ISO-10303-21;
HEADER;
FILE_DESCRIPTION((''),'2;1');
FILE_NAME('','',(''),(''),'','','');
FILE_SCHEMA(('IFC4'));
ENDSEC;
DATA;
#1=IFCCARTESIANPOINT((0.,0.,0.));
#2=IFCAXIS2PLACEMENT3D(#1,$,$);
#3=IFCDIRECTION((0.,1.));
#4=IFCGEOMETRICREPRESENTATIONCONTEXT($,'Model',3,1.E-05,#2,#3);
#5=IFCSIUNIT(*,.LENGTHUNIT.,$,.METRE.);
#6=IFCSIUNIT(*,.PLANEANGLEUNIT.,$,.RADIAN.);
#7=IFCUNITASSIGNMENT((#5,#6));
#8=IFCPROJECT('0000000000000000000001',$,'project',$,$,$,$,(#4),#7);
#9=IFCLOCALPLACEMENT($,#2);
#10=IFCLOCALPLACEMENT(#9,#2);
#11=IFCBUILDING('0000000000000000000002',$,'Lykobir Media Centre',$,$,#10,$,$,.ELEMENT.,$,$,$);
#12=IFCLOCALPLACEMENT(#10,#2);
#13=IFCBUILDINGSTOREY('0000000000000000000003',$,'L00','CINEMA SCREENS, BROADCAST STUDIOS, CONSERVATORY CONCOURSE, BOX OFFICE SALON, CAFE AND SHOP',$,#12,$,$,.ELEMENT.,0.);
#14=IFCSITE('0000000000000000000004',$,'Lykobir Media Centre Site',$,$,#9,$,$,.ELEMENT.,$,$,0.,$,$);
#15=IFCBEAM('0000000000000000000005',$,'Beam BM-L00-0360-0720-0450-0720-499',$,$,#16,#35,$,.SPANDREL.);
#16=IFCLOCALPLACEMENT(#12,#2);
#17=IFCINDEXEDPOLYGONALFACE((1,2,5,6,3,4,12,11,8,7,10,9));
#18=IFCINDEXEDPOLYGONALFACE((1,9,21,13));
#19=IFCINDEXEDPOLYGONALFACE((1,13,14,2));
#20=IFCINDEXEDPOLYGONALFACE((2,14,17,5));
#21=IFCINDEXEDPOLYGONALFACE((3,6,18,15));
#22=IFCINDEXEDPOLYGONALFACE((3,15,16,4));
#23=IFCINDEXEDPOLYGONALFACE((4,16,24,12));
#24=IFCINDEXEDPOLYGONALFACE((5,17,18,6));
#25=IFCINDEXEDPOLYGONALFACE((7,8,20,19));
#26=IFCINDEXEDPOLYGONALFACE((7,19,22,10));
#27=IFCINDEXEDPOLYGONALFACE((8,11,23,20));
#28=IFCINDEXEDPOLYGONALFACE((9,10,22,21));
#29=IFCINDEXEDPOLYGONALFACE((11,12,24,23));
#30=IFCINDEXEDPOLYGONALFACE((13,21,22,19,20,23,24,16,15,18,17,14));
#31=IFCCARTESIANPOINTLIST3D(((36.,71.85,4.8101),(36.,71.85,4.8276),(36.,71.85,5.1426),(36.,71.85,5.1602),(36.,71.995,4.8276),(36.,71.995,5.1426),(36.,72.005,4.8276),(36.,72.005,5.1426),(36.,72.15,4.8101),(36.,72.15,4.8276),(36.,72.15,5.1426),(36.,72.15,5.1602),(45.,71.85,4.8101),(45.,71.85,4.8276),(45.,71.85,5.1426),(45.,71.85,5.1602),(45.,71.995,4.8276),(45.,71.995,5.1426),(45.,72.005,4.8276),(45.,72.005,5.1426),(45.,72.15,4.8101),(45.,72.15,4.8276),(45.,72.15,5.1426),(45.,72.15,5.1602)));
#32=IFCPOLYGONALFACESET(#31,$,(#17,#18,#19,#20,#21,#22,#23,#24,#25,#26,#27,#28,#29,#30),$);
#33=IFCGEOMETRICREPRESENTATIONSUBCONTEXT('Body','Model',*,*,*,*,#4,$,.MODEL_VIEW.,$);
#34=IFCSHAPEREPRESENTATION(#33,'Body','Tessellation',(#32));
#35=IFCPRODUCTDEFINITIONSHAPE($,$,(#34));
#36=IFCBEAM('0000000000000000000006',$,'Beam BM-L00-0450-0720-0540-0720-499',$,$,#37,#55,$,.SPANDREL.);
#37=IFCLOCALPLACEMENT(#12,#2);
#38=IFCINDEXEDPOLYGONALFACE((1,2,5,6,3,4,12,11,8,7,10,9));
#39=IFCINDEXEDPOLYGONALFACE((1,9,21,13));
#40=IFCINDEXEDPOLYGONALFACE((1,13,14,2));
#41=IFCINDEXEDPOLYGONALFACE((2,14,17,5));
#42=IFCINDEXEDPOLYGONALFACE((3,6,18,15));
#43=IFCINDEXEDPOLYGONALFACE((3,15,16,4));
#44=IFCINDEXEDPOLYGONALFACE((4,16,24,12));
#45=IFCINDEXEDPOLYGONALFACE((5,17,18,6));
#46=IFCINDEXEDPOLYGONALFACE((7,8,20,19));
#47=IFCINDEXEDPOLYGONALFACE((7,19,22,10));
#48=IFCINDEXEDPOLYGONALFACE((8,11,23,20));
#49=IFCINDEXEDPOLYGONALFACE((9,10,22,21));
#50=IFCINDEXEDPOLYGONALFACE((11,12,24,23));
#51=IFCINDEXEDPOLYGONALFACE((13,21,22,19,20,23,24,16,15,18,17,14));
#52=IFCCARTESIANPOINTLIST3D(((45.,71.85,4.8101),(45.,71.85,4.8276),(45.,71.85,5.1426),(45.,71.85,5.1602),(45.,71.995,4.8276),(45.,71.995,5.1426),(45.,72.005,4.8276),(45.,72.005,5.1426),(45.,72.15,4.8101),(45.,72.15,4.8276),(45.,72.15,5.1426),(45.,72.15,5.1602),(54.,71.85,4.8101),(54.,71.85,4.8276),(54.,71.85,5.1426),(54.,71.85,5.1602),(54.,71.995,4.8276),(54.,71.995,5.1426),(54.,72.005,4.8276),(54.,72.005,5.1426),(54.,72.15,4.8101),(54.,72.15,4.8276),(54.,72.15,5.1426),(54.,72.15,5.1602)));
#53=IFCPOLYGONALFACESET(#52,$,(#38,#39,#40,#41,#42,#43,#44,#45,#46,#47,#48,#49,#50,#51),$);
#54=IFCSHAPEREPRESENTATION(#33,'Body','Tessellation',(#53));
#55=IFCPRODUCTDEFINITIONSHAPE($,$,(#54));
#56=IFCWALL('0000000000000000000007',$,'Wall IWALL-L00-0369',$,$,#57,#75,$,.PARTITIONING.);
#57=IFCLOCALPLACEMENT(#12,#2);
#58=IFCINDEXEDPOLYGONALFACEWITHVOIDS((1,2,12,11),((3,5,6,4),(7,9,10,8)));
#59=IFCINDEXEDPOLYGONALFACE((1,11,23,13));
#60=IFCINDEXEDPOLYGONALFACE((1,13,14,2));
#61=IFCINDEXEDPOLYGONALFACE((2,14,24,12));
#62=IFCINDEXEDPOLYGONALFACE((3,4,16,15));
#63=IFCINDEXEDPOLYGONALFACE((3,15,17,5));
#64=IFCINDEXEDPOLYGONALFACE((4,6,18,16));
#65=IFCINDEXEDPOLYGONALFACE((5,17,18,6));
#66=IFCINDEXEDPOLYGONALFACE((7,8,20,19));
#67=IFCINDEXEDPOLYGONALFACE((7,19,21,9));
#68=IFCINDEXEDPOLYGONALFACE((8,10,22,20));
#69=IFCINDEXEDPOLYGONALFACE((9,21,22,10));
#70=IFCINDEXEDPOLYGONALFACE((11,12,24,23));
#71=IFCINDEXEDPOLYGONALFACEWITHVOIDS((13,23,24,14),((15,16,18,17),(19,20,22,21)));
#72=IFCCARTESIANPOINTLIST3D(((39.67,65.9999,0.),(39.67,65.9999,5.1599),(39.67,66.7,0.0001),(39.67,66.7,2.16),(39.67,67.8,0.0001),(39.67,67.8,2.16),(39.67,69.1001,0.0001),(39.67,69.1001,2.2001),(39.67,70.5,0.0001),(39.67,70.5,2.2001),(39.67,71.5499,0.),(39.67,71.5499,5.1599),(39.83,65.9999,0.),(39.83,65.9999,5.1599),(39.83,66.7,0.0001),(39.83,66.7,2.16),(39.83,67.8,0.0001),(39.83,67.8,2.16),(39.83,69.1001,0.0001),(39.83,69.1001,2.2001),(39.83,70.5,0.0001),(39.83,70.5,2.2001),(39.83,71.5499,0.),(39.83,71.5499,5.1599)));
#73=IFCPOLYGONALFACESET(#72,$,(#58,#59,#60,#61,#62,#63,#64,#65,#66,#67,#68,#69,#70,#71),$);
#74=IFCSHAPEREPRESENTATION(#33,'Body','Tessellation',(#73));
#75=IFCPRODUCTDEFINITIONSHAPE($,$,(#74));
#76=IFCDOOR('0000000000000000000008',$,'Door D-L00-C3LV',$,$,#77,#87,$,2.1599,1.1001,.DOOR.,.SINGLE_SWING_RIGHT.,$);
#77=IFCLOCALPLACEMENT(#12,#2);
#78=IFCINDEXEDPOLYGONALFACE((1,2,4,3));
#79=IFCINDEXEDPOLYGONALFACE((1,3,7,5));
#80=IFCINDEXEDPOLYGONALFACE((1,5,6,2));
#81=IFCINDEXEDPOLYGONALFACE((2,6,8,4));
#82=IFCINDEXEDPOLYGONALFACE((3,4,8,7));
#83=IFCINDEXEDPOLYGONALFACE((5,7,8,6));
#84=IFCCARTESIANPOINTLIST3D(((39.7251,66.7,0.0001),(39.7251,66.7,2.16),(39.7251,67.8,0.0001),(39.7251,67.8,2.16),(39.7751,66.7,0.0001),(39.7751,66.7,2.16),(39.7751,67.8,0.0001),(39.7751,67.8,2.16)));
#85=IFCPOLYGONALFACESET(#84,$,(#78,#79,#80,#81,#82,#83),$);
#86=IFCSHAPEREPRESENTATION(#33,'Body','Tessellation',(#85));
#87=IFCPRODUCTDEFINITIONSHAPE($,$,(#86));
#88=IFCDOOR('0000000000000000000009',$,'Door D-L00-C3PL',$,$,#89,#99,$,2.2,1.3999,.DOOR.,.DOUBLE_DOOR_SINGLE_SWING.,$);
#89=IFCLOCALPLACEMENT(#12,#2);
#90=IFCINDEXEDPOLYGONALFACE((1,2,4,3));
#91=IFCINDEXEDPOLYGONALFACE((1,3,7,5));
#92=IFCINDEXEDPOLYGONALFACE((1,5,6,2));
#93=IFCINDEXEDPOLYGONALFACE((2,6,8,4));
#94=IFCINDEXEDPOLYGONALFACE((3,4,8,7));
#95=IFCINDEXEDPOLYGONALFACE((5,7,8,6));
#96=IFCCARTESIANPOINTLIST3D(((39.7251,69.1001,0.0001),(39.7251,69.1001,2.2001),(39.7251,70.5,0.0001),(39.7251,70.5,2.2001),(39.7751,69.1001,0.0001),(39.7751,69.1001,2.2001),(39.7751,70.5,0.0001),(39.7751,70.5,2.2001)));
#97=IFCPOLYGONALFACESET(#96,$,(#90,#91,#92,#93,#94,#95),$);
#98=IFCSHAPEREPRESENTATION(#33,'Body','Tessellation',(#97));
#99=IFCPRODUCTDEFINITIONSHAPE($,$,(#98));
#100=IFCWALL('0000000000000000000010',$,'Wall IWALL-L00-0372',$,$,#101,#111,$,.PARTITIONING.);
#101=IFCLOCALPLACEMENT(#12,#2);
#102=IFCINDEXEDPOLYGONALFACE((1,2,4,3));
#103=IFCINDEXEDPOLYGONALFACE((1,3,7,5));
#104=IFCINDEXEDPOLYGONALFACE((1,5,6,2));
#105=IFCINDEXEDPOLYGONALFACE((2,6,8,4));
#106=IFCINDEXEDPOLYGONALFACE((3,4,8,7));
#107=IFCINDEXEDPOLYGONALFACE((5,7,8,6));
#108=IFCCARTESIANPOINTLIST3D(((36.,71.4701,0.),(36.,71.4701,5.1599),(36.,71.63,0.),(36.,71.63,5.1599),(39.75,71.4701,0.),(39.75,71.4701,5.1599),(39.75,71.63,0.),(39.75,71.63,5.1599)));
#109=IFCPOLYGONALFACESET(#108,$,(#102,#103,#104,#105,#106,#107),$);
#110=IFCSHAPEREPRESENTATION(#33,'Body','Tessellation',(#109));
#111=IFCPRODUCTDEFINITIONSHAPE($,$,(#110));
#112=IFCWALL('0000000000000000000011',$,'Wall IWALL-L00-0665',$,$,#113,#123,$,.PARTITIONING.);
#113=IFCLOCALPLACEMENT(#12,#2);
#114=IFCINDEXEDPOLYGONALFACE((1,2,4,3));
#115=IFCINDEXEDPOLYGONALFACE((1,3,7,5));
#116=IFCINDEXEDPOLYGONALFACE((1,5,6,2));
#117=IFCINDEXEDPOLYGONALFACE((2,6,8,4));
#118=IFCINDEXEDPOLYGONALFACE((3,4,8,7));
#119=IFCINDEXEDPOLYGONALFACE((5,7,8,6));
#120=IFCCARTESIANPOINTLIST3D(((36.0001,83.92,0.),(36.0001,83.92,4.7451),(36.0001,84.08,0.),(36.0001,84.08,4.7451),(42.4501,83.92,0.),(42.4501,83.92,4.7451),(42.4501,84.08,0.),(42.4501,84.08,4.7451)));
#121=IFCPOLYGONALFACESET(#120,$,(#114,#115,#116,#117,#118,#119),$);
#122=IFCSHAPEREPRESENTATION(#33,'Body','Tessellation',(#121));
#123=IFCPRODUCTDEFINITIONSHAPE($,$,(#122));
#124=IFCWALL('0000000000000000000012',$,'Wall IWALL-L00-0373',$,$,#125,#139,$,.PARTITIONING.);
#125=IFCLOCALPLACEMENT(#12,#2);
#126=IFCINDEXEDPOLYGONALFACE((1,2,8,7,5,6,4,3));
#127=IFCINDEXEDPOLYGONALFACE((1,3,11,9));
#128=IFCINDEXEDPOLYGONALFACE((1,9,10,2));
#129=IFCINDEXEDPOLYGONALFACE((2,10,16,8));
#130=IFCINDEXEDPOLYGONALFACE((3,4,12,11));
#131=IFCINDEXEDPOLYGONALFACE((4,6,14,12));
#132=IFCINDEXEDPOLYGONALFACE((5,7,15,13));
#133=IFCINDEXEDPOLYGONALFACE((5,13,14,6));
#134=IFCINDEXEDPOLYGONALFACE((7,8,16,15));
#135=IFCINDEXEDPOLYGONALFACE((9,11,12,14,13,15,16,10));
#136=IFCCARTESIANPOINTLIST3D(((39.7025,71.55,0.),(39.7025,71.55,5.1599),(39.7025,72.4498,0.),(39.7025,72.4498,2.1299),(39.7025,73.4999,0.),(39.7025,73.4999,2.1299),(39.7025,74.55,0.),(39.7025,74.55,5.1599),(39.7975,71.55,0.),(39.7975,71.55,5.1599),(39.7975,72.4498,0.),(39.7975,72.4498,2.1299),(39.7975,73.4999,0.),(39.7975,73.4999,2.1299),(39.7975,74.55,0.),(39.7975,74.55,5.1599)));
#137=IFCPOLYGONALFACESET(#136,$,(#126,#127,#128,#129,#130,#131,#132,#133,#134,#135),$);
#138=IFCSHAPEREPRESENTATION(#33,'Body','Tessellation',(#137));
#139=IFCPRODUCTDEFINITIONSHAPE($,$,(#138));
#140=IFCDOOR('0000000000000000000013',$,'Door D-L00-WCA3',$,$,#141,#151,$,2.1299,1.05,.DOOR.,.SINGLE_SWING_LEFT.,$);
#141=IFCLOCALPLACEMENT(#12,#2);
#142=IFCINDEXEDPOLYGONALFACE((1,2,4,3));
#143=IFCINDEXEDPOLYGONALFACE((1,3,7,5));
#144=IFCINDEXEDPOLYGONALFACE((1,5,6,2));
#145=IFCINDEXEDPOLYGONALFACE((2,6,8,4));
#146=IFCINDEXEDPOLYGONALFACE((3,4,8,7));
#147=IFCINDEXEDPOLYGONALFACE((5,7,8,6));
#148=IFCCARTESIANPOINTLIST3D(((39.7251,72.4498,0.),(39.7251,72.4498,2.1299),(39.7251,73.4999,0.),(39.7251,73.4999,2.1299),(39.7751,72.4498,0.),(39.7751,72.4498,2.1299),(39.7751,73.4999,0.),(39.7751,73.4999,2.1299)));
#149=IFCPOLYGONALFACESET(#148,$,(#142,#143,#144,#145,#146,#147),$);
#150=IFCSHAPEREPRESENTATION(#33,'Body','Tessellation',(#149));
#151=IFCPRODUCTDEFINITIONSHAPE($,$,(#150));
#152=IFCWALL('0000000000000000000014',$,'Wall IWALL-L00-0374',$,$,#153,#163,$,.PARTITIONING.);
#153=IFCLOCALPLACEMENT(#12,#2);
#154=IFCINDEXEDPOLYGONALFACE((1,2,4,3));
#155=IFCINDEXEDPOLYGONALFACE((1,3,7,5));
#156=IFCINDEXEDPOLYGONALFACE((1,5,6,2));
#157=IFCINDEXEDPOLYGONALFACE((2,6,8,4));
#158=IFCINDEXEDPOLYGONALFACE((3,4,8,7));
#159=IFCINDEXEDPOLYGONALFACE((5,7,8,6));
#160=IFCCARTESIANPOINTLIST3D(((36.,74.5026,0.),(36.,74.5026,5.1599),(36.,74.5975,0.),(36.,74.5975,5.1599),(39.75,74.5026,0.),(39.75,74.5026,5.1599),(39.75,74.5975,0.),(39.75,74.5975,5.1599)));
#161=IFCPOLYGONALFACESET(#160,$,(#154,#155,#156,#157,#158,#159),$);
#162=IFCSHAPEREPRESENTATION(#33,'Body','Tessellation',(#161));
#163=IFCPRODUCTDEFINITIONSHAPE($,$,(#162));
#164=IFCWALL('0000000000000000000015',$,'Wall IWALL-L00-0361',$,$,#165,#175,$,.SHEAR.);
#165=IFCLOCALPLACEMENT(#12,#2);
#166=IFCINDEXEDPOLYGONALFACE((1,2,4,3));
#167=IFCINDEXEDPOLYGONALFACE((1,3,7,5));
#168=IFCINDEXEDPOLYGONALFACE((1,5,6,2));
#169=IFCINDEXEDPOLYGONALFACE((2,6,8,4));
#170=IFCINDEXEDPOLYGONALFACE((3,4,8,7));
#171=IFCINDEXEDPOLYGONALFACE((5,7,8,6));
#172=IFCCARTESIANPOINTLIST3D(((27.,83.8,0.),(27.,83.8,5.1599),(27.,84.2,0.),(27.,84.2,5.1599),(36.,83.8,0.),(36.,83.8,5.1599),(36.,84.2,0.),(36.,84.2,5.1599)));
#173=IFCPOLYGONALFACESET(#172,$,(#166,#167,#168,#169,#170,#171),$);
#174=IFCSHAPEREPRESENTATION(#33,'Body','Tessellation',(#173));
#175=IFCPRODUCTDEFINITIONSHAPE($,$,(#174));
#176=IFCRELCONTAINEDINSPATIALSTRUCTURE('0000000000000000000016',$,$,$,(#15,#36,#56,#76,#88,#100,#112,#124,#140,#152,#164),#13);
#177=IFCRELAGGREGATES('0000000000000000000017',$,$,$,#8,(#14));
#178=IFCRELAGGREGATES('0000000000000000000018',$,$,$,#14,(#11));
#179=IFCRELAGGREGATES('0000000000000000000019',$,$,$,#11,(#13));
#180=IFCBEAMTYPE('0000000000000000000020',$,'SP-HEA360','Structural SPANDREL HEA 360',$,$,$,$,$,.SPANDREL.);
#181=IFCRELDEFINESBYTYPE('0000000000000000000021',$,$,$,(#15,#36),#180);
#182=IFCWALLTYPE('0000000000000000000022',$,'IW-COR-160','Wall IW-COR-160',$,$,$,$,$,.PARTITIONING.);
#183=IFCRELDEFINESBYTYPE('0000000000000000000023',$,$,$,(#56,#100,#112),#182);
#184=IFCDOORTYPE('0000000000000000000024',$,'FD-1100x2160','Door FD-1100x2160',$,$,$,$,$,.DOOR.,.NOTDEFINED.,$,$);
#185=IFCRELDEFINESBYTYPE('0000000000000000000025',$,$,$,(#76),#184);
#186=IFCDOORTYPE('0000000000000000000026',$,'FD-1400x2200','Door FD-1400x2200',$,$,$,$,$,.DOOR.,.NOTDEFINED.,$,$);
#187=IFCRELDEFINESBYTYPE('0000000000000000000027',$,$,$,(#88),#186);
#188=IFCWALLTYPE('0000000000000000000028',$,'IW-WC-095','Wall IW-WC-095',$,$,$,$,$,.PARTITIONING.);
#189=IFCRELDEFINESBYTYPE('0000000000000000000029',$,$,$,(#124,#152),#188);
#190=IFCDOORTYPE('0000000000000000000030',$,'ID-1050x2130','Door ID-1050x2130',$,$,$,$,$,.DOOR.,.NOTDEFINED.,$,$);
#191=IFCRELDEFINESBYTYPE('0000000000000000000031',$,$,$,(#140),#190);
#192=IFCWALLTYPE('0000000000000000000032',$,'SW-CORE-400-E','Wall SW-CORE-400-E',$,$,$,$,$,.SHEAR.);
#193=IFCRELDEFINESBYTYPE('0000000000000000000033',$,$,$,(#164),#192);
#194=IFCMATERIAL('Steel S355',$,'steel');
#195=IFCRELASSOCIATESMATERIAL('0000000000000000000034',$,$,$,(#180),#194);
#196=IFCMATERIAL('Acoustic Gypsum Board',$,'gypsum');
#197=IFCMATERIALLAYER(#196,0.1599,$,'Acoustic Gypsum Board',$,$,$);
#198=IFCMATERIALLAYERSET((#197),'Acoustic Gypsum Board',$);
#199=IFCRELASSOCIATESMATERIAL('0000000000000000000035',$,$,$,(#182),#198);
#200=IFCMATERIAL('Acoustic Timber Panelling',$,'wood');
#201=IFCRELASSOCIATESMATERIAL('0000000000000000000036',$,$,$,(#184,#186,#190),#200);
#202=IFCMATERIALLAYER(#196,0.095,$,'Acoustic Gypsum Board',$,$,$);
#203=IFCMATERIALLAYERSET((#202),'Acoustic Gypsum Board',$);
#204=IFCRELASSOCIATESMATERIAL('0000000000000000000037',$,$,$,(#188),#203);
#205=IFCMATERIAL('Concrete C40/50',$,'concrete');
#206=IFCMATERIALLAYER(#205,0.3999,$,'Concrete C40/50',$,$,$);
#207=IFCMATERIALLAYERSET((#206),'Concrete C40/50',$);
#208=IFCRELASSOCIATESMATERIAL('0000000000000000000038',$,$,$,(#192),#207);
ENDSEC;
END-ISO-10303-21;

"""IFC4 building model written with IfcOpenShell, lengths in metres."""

from ifc_helpers import new_model, si_unit, direction, frame, frame_2d, origin, origin_2d, place, context, subcontext, project, spatial, rectangle, i_section, extrude, material, layer, layer_set, material_profile, profile_set, type_object, element, fill, save


model = new_model("IFC4")

# Units and contexts
model_context = context("Model", 3, precision=1e-05, world=origin(), true_north=direction((0.0, 1.0)))
body_context = subcontext(model_context, "Body", "Model", "MODEL_VIEW")
ifc_project = project(units=[si_unit("LENGTHUNIT", "METRE"), si_unit("PLANEANGLEUNIT", "RADIAN")], contexts=[model_context])

# Site, building, storey
site_placement = place(None, origin())
site = spatial("IfcSite", under=ifc_project, at=site_placement, Name="Lykobir Media Centre Site", CompositionType="ELEMENT", RefElevation=0.0)
building_placement = place(site_placement, origin())
building = spatial("IfcBuilding", under=site, at=building_placement, Name="Lykobir Media Centre", CompositionType="ELEMENT")
storey_placement = place(building_placement, origin())
storey = spatial("IfcBuildingStorey", under=building, at=storey_placement, Name="L00", Description="CINEMA SCREENS, BROADCAST STUDIOS, CONSERVATORY CONCOURSE, BOX OFFICE SALON, CAFE AND SHOP", CompositionType="ELEMENT", Elevation=0.0)

# Shared definitions
ifc_material_1 = material(Name="Concrete C40/50", Category="concrete")
ifc_material_2 = material(Name="Steel S355", Category="steel")

# Beams
ifc_material_profile_1 = material_profile(ifc_material_2, i_section(OverallWidth=0.3, OverallDepth=0.3501, WebThickness=0.01, FlangeThickness=0.0176, at=origin_2d()), Name="HEA 360")
ifc_profile_set_1 = profile_set([ifc_material_profile_1], Name="Steel S355")
beam_type_1 = type_object("IfcBeamType", Name="SP-HEA360", Description="Structural SPANDREL HEA 360", PredefinedType="SPANDREL", material=ifc_profile_set_1)
for number, where, z_axis, x_axis, name in (
    (1, (36.0, 72.0, 4.9851), (1.0, 0.0, 0.0), (0.0, 1.0, 0.0), "Beam BM-L00-0360-0720-0450-0720-499"),
    (2, (45.0, 72.0, 4.9851), (1.0, 0.0, 0.0), (0.0, 1.0, 0.0), "Beam BM-L00-0450-0720-0540-0720-499"),
):
    element("IfcBeam", number, at=place(storey_placement, frame(where, z_axis=z_axis, x_axis=x_axis)), inside=storey, type_object=beam_type_1, Name=name, PredefinedType="SPANDREL", context=body_context, shape_type="SweptSolid", body=[
        extrude(i_section(OverallWidth=0.3, OverallDepth=0.3501, WebThickness=0.01, FlangeThickness=0.0176, at=origin_2d()), origin(), (0.0, 0.0, 1.0), 9.0),
    ])

# Wall, openings, doors
ifc_material_3 = material(Name="Acoustic Gypsum Board", Category="gypsum")
ifc_layer_1 = layer(ifc_material_3, 0.1599, Name="Acoustic Gypsum Board")
ifc_layer_set_1 = layer_set([ifc_layer_1], Name="Acoustic Gypsum Board")
wall_type_1 = type_object("IfcWallType", Name="IW-COR-160", Description="Wall IW-COR-160", PredefinedType="PARTITIONING", material=ifc_layer_set_1)
wall_1_placement = place(storey_placement, frame((39.75, 66.0, 0.0), z_axis=(0.0, 0.0, 1.0), x_axis=(0.0, 1.0, 0.0)))
wall_1 = element("IfcWall", 3, at=wall_1_placement, inside=storey, type_object=wall_type_1, Name="Wall IWALL-L00-0369", PredefinedType="PARTITIONING", context=body_context, shape_type="SweptSolid", body=[
    extrude(rectangle(XDim=5.55, YDim=0.1599, at=frame_2d((2.7749, 0.0))), origin(), (0.0, 0.0, 1.0), 5.1599),
])
opening_1_placement = place(wall_1_placement, frame((0.7, 0.0, 0.0)))
opening_1 = element("IfcOpeningElement", 4, at=opening_1_placement, cuts=wall_1, PredefinedType="OPENING", context=body_context, shape_type="SweptSolid", body=[
    extrude(rectangle(XDim=1.1001, YDim=2.1599, at=frame_2d((0.55, 1.0801))), frame((0.0, 0.0898, 0.0), z_axis=(0.0, -1.0, 0.0), x_axis=(1.0, 0.0, 0.0)), (0.0, 0.0, 1.0), 0.1799),
])
opening_2_placement = place(wall_1_placement, frame((3.1001, 0.0, 0.0)))
opening_2 = element("IfcOpeningElement", 5, at=opening_2_placement, cuts=wall_1, PredefinedType="OPENING", context=body_context, shape_type="SweptSolid", body=[
    extrude(rectangle(XDim=1.3999, YDim=2.2, at=frame_2d((0.7, 1.1001))), frame((0.0, 0.0898, 0.0), z_axis=(0.0, -1.0, 0.0), x_axis=(1.0, 0.0, 0.0)), (0.0, 0.0, 1.0), 0.1799),
])
ifc_material_4 = material(Name="Acoustic Timber Panelling", Category="wood")
door_type_1 = type_object("IfcDoorType", Name="FD-1100x2160", Description="Door FD-1100x2160", OperationType="NOTDEFINED", PredefinedType="DOOR", material=ifc_material_4)
door_1_placement = place(opening_1_placement, origin())
door_1 = element("IfcDoor", 6, at=door_1_placement, inside=storey, type_object=door_type_1, Name="Door D-L00-C3LV", OperationType="SINGLE_SWING_RIGHT", OverallHeight=2.1599, OverallWidth=1.1001, PredefinedType="DOOR", context=body_context, shape_type="SweptSolid", body=[
    extrude(rectangle(XDim=1.1001, YDim=2.1599, at=frame_2d((0.55, 1.0801))), frame((0.0, 0.0249, 0.0), z_axis=(0.0, -1.0, 0.0), x_axis=(1.0, 0.0, 0.0)), (0.0, 0.0, 1.0), 0.05),
])
fill(opening_1, door_1)
door_type_2 = type_object("IfcDoorType", Name="FD-1400x2200", Description="Door FD-1400x2200", OperationType="NOTDEFINED", PredefinedType="DOOR", material=ifc_material_4)
door_2_placement = place(opening_2_placement, origin())
door_2 = element("IfcDoor", 7, at=door_2_placement, inside=storey, type_object=door_type_2, Name="Door D-L00-C3PL", OperationType="DOUBLE_DOOR_SINGLE_SWING", OverallHeight=2.2, OverallWidth=1.3999, PredefinedType="DOOR", context=body_context, shape_type="SweptSolid", body=[
    extrude(rectangle(XDim=1.3999, YDim=2.2, at=frame_2d((0.7, 1.1001))), frame((0.0, 0.0249, 0.0), z_axis=(0.0, -1.0, 0.0), x_axis=(1.0, 0.0, 0.0)), (0.0, 0.0, 1.0), 0.05),
])
fill(opening_2, door_2)

# Walls
wall_2_placement = place(storey_placement, frame((36.0, 71.55, 0.0), z_axis=(0.0, 0.0, 1.0), x_axis=(1.0, 0.0, 0.0)))
element("IfcWall", 8, at=wall_2_placement, inside=storey, type_object=wall_type_1, Name="Wall IWALL-L00-0372", PredefinedType="PARTITIONING", context=body_context, shape_type="SweptSolid", body=[
    extrude(rectangle(XDim=3.75, YDim=0.1599, at=frame_2d((1.875, 0.0))), origin(), (0.0, 0.0, 1.0), 5.1599),
])
wall_3_placement = place(storey_placement, frame((36.0, 84.0, 0.0), z_axis=(0.0, 0.0, 1.0), x_axis=(1.0, 0.0, 0.0)))
element("IfcWall", 9, at=wall_3_placement, inside=storey, type_object=wall_type_1, Name="Wall IWALL-L00-0665", PredefinedType="PARTITIONING", context=body_context, shape_type="SweptSolid", body=[
    extrude(rectangle(XDim=6.45, YDim=0.1599, at=frame_2d((3.2251, 0.0))), origin(), (0.0, 0.0, 1.0), 4.7451),
])

# Wall, opening, door
ifc_layer_2 = layer(ifc_material_3, 0.095, Name="Acoustic Gypsum Board")
ifc_layer_set_2 = layer_set([ifc_layer_2], Name="Acoustic Gypsum Board")
wall_type_2 = type_object("IfcWallType", Name="IW-WC-095", Description="Wall IW-WC-095", PredefinedType="PARTITIONING", material=ifc_layer_set_2)
wall_4_placement = place(storey_placement, frame((39.75, 71.55, 0.0), z_axis=(0.0, 0.0, 1.0), x_axis=(0.0, 1.0, 0.0)))
wall_4 = element("IfcWall", 10, at=wall_4_placement, inside=storey, type_object=wall_type_2, Name="Wall IWALL-L00-0373", PredefinedType="PARTITIONING", context=body_context, shape_type="SweptSolid", body=[
    extrude(rectangle(XDim=3.0, YDim=0.095, at=frame_2d((1.5, 0.0))), origin(), (0.0, 0.0, 1.0), 5.1599),
])
opening_3_placement = place(wall_4_placement, frame((0.8999, 0.0, 0.0)))
opening_3 = element("IfcOpeningElement", 11, at=opening_3_placement, cuts=wall_4, PredefinedType="OPENING", context=body_context, shape_type="SweptSolid", body=[
    extrude(rectangle(XDim=1.05, YDim=2.1299, at=frame_2d((0.5249, 1.0649))), frame((0.0, 0.0574, 0.0), z_axis=(0.0, -1.0, 0.0), x_axis=(1.0, 0.0, 0.0)), (0.0, 0.0, 1.0), 0.115),
])
door_type_3 = type_object("IfcDoorType", Name="ID-1050x2130", Description="Door ID-1050x2130", OperationType="NOTDEFINED", PredefinedType="DOOR", material=ifc_material_4)
door_3_placement = place(opening_3_placement, origin())
door_3 = element("IfcDoor", 12, at=door_3_placement, inside=storey, type_object=door_type_3, Name="Door D-L00-WCA3", OperationType="SINGLE_SWING_LEFT", OverallHeight=2.1299, OverallWidth=1.05, PredefinedType="DOOR", context=body_context, shape_type="SweptSolid", body=[
    extrude(rectangle(XDim=1.05, YDim=2.1299, at=frame_2d((0.5249, 1.0649))), frame((0.0, 0.0249, 0.0), z_axis=(0.0, -1.0, 0.0), x_axis=(1.0, 0.0, 0.0)), (0.0, 0.0, 1.0), 0.05),
])
fill(opening_3, door_3)

# Walls
wall_5_placement = place(storey_placement, frame((36.0, 74.55, 0.0), z_axis=(0.0, 0.0, 1.0), x_axis=(1.0, 0.0, 0.0)))
element("IfcWall", 13, at=wall_5_placement, inside=storey, type_object=wall_type_2, Name="Wall IWALL-L00-0374", PredefinedType="PARTITIONING", context=body_context, shape_type="SweptSolid", body=[
    extrude(rectangle(XDim=3.75, YDim=0.095, at=frame_2d((1.875, 0.0))), origin(), (0.0, 0.0, 1.0), 5.1599),
])
ifc_layer_3 = layer(ifc_material_1, 0.3999, Name="Concrete C40/50")
ifc_layer_set_3 = layer_set([ifc_layer_3], Name="Concrete C40/50")
wall_type_3 = type_object("IfcWallType", Name="SW-CORE-400-E", Description="Wall SW-CORE-400-E", PredefinedType="SHEAR", material=ifc_layer_set_3)
wall_6_placement = place(storey_placement, frame((36.0, 84.0, 0.0), z_axis=(0.0, 0.0, 1.0), x_axis=(-1.0, 0.0, 0.0)))
element("IfcWall", 14, at=wall_6_placement, inside=storey, type_object=wall_type_3, Name="Wall IWALL-L00-0361", PredefinedType="SHEAR", context=body_context, shape_type="SweptSolid", body=[
    extrude(rectangle(XDim=9.0, YDim=0.3999, at=frame_2d((4.5, 0.0))), origin(), (0.0, 0.0, 1.0), 5.1599),
])

save(model, "model.ifc")
